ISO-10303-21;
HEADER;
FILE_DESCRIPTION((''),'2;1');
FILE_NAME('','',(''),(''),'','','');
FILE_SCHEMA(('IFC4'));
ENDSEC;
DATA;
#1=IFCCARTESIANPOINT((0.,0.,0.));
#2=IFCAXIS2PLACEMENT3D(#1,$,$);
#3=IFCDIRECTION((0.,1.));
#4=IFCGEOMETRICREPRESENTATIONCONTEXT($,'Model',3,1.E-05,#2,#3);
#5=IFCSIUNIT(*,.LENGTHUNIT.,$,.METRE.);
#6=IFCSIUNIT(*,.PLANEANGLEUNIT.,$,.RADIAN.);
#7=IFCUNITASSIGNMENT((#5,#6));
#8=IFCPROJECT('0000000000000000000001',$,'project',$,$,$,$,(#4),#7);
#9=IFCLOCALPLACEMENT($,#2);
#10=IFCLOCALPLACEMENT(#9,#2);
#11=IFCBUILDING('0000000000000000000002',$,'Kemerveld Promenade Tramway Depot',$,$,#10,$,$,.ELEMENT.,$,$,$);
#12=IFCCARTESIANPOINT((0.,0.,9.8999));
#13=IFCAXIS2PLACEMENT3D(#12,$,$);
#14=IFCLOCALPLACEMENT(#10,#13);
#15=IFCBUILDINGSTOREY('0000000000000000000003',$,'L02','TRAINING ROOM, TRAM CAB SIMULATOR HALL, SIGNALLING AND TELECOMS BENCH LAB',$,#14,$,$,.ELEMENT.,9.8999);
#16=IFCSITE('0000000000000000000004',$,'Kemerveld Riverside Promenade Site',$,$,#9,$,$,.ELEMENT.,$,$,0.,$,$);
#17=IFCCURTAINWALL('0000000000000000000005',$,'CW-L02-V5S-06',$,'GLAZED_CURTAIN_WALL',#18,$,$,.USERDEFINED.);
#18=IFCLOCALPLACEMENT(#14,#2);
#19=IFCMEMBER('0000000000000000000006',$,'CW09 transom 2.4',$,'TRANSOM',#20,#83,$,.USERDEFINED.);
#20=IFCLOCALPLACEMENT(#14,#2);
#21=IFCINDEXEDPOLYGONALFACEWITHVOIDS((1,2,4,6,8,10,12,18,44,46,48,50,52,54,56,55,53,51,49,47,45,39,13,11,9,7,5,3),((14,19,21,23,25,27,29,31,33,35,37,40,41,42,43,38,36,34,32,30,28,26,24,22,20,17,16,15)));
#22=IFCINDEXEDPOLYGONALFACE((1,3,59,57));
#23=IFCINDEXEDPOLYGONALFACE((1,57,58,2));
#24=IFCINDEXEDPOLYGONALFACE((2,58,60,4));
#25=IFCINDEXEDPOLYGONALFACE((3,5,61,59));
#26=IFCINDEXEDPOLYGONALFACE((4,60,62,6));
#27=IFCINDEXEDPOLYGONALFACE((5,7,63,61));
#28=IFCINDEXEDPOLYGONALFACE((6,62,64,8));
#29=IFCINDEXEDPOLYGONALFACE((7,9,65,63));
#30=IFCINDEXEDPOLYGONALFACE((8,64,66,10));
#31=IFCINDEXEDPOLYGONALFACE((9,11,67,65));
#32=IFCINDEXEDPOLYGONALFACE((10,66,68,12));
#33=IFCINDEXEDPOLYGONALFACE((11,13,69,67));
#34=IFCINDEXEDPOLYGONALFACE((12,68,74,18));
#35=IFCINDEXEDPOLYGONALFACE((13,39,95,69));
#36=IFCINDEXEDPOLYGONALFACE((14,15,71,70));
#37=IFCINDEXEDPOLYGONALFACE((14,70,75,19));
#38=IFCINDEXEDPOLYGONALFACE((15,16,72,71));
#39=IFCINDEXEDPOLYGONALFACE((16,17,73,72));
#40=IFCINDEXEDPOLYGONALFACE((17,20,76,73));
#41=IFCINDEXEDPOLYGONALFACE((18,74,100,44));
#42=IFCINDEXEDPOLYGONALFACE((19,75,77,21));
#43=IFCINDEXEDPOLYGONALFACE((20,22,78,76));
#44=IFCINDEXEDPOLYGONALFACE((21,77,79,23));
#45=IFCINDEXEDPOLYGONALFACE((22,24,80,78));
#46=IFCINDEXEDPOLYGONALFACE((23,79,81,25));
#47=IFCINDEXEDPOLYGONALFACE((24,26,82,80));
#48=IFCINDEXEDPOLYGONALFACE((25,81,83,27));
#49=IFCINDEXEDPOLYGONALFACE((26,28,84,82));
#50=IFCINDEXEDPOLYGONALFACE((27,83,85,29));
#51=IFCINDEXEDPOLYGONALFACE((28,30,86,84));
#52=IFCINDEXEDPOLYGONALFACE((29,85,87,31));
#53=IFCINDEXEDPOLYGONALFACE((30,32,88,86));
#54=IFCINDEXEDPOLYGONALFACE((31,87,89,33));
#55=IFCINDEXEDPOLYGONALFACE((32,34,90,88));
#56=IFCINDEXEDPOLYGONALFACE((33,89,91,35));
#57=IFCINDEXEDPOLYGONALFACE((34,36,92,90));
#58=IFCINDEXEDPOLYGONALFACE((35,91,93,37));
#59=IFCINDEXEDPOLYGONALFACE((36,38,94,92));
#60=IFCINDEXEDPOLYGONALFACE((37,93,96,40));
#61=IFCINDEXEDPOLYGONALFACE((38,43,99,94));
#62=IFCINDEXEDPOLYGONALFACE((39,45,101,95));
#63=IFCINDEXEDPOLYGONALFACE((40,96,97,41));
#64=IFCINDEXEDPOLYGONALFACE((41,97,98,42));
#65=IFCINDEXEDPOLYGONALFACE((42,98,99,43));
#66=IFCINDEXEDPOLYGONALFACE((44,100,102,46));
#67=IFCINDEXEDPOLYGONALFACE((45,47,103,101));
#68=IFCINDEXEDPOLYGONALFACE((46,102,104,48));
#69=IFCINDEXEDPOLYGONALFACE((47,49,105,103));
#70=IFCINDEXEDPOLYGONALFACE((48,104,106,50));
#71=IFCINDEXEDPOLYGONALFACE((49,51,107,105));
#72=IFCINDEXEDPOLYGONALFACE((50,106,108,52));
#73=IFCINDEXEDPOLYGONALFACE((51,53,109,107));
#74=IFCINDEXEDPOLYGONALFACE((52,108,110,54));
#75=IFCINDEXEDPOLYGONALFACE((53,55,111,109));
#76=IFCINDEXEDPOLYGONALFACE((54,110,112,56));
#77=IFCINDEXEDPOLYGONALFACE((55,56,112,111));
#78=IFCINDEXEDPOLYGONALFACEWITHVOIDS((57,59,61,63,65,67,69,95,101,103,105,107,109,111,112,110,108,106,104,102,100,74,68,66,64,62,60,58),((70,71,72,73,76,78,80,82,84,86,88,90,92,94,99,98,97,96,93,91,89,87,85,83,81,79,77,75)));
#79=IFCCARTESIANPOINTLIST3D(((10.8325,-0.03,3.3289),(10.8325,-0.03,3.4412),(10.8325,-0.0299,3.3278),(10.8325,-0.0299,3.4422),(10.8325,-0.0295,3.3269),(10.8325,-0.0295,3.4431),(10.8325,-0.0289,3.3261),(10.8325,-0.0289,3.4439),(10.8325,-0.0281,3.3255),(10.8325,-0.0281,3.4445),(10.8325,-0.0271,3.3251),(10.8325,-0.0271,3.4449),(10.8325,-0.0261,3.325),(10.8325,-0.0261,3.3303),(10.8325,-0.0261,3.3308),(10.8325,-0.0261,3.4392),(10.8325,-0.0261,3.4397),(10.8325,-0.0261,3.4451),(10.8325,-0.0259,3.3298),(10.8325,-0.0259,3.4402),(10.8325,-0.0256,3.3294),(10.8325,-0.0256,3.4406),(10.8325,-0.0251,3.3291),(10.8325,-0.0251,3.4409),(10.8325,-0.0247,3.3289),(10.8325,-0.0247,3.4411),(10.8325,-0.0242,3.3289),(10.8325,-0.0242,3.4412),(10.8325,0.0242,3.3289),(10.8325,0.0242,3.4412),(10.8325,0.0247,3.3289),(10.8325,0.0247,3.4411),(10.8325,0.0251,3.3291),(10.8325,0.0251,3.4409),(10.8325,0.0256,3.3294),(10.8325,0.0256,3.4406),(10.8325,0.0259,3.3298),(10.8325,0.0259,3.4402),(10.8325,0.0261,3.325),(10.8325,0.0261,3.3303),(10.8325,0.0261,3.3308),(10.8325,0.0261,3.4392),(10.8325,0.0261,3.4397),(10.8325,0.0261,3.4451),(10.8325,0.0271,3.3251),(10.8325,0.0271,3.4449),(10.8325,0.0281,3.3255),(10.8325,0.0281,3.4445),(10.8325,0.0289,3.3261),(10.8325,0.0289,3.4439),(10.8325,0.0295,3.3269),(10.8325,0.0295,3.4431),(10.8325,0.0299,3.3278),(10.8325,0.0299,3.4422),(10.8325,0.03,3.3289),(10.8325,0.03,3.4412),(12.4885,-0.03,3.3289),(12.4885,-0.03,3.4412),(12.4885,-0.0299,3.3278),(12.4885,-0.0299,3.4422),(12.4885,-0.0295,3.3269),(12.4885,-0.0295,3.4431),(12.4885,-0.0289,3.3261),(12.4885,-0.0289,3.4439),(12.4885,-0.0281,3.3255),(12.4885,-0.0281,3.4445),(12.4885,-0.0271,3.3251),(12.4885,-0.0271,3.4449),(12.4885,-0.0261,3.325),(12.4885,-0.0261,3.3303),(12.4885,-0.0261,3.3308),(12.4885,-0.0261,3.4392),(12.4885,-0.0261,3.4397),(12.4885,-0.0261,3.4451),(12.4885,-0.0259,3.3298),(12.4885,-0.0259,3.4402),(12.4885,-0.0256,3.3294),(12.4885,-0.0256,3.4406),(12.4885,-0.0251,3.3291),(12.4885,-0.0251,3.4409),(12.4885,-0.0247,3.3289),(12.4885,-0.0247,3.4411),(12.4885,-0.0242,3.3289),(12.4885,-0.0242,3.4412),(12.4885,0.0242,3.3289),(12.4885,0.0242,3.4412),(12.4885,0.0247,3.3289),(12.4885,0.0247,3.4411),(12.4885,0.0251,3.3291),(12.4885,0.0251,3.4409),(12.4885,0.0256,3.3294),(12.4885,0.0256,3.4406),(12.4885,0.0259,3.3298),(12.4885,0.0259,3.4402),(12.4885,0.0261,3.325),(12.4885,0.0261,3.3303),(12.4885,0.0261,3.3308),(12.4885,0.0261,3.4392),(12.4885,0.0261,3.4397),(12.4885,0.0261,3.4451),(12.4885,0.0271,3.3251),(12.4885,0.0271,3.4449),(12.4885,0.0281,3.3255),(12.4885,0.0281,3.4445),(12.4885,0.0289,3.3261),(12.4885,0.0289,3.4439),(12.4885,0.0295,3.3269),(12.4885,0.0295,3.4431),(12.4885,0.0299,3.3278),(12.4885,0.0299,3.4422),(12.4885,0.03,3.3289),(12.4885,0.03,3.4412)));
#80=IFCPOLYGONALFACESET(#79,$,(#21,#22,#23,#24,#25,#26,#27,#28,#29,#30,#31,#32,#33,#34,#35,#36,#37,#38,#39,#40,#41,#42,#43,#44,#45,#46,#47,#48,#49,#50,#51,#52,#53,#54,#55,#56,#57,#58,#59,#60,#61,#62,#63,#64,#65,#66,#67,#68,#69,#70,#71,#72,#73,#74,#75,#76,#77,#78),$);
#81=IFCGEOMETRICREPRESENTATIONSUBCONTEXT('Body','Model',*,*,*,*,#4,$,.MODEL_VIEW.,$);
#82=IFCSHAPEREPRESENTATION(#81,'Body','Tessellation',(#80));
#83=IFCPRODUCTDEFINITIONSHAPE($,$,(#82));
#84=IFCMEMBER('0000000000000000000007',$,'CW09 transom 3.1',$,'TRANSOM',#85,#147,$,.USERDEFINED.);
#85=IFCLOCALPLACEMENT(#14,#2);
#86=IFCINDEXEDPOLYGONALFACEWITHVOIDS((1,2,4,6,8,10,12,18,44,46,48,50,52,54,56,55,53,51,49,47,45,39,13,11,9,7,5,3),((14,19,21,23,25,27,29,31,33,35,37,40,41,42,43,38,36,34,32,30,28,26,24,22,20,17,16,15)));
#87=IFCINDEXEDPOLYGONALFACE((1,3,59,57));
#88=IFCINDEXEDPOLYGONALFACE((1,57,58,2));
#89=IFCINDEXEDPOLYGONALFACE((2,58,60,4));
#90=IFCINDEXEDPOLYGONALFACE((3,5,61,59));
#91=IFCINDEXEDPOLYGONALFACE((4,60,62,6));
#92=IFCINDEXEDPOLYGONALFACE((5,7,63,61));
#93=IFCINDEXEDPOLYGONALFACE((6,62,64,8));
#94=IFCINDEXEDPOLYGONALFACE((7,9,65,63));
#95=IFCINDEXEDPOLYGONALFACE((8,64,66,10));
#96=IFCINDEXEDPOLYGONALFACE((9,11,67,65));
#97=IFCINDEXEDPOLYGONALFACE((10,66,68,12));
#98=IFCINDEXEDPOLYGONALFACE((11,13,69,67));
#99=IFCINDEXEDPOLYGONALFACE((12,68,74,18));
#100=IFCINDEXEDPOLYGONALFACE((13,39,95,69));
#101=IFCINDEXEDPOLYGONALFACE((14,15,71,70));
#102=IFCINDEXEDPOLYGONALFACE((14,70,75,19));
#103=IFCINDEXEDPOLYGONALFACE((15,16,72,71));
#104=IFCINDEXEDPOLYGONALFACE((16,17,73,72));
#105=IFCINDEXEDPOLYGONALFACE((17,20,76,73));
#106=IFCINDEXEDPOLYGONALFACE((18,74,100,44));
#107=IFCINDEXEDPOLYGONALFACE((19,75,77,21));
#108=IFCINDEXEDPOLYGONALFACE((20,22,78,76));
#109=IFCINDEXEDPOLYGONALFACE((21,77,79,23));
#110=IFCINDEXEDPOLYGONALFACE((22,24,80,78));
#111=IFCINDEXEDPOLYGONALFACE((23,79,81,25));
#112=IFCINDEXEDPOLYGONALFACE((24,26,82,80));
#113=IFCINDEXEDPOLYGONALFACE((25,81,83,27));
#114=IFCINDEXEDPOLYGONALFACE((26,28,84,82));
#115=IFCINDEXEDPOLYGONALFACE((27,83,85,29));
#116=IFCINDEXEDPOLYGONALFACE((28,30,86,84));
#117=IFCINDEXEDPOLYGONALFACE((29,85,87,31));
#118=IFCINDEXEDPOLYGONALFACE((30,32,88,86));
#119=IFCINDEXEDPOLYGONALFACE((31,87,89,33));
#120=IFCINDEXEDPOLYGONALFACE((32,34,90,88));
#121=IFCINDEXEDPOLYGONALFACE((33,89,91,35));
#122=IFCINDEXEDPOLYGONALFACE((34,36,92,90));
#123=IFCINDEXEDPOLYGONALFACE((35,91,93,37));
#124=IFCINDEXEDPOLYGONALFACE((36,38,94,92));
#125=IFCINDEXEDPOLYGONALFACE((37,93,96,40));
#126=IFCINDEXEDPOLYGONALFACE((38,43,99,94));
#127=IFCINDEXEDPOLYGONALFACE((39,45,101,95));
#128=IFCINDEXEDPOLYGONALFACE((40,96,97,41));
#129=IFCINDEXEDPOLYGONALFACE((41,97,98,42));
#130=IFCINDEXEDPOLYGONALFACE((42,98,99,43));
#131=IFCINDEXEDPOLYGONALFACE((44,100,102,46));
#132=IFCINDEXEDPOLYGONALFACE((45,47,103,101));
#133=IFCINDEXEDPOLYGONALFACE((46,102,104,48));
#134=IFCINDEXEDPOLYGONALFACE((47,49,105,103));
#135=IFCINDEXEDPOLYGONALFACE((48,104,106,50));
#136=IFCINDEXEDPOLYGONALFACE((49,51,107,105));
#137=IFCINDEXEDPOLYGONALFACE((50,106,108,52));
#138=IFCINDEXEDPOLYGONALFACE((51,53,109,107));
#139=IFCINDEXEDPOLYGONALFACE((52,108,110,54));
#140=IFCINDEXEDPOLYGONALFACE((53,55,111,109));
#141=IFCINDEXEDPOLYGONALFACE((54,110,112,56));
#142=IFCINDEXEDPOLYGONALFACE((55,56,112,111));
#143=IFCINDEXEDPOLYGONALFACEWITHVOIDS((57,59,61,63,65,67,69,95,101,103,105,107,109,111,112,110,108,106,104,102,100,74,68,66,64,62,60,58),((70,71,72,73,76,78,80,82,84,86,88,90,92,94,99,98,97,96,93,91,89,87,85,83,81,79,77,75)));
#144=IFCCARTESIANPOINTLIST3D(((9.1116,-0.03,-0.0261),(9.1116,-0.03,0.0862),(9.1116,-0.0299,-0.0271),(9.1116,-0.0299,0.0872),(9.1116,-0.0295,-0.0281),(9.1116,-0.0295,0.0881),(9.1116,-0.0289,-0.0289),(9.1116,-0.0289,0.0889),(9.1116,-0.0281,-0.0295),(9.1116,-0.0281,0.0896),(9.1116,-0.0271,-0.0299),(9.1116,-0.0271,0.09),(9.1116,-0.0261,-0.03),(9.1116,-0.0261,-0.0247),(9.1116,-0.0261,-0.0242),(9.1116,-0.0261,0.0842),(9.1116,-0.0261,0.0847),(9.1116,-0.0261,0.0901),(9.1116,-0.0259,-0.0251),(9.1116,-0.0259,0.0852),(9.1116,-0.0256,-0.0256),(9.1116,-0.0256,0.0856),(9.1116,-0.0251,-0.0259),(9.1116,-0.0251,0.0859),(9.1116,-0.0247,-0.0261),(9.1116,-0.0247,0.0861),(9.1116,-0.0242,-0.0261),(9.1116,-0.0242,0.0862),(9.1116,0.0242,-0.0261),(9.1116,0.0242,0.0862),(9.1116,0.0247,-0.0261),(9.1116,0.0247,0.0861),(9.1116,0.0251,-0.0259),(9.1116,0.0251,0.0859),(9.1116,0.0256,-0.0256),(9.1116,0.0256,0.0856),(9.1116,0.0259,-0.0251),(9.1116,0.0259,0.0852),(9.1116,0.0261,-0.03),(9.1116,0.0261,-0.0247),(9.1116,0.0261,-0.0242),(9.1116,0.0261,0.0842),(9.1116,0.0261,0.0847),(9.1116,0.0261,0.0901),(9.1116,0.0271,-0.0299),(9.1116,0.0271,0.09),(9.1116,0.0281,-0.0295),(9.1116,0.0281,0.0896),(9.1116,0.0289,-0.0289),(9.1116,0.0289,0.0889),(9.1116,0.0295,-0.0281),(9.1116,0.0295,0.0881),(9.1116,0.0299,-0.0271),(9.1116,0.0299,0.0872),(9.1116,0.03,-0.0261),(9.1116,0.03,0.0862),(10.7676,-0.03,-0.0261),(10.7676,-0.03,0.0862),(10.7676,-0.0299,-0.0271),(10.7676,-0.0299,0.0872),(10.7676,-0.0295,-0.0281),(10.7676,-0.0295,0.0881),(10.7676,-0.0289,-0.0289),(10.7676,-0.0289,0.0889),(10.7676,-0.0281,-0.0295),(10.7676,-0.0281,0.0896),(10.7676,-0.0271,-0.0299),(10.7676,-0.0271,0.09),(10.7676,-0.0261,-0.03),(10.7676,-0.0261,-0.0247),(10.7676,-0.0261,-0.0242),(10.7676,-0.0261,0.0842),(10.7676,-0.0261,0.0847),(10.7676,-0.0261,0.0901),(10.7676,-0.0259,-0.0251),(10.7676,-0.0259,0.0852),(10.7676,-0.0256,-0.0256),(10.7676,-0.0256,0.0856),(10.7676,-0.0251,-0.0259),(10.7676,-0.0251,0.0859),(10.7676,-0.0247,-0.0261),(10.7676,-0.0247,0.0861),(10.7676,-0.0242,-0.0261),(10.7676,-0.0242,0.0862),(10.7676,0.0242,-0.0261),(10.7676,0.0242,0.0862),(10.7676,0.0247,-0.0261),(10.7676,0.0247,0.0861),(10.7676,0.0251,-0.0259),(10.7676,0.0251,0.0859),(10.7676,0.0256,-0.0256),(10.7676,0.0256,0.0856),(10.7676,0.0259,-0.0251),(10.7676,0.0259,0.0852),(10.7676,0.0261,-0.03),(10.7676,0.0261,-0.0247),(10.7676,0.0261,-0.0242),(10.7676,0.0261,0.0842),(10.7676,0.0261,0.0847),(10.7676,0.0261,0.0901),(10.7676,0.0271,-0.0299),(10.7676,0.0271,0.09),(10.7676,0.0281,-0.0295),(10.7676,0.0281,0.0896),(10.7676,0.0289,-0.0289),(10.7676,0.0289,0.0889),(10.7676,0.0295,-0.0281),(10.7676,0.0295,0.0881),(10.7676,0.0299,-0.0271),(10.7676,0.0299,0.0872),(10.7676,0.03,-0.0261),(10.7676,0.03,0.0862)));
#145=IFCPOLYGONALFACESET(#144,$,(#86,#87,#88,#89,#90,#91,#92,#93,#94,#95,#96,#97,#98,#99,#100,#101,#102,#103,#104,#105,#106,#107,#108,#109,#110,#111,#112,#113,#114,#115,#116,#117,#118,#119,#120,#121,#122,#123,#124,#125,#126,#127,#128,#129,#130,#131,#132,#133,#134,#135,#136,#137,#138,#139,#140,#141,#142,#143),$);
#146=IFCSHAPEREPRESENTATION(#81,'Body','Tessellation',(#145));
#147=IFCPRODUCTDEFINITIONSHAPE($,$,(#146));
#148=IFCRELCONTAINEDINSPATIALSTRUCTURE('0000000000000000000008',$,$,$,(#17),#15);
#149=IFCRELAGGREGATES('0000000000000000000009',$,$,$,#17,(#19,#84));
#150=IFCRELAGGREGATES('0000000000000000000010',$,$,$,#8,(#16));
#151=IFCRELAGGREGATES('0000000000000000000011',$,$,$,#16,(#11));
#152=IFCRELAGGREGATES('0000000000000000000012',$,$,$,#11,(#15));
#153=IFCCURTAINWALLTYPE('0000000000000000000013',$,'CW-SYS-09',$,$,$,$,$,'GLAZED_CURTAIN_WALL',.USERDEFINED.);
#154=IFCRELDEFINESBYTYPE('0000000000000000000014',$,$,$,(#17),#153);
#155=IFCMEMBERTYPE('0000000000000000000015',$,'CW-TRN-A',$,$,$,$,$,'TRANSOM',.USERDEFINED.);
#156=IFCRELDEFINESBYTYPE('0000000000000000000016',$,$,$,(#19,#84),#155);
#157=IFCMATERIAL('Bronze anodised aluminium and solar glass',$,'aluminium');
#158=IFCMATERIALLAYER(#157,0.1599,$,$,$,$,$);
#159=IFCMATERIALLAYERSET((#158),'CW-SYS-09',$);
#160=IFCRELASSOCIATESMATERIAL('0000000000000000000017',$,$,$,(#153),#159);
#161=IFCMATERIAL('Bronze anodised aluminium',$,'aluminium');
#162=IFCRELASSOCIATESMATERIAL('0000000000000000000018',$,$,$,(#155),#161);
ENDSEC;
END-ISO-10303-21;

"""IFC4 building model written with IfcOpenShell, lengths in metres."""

from ifc_helpers import new_model, si_unit, direction, frame, origin, origin_2d, place, context, subcontext, project, spatial, hollow_rectangle, extrude, material, layer, layer_set, material_profile, profile_set, type_object, element, aggregate, save


model = new_model("IFC4")

# Units and contexts
model_context = context("Model", 3, precision=1e-05, world=origin(), true_north=direction((0.0, 1.0)))
body_context = subcontext(model_context, "Body", "Model", "MODEL_VIEW")
ifc_project = project(units=[si_unit("LENGTHUNIT", "METRE"), si_unit("PLANEANGLEUNIT", "RADIAN")], contexts=[model_context])

# Site, building, storey
site_placement = place(None, origin())
site = spatial("IfcSite", under=ifc_project, at=site_placement, Name="Kemerveld Riverside Promenade Site", CompositionType="ELEMENT", RefElevation=0.0)
building_placement = place(site_placement, origin())
building = spatial("IfcBuilding", under=site, at=building_placement, Name="Kemerveld Promenade Tramway Depot", CompositionType="ELEMENT")
storey_placement = place(building_placement, frame((0.0, 0.0, 9.8999)))
storey = spatial("IfcBuildingStorey", under=building, at=storey_placement, Name="L02", Description="TRAINING ROOM, TRAM CAB SIMULATOR HALL, SIGNALLING AND TELECOMS BENCH LAB", CompositionType="ELEMENT", Elevation=9.8999)

# Curtain wall, members
ifc_material_1 = material(Name="Bronze anodised aluminium and solar glass", Category="aluminium")
ifc_layer_1 = layer(ifc_material_1, 0.1599)
ifc_layer_set_1 = layer_set([ifc_layer_1], Name="CW-SYS-09")
curtain_wall_type = type_object("IfcCurtainWallType", Name="CW-SYS-09", ElementType="GLAZED_CURTAIN_WALL", PredefinedType="USERDEFINED", material=ifc_layer_set_1)
curtain_wall_placement = place(storey_placement, origin())
curtain_wall = element("IfcCurtainWall", 1, at=curtain_wall_placement, inside=storey, type_object=curtain_wall_type, Name="CW-L02-V5S-06", ObjectType="GLAZED_CURTAIN_WALL", PredefinedType="USERDEFINED")
ifc_material_2 = material(Name="Bronze anodised aluminium", Category="aluminium")
ifc_material_profile_1 = material_profile(ifc_material_2, hollow_rectangle(XDim=0.0601, YDim=0.1201, WallThickness=0.0039, InnerFilletRadius=0.002, OuterFilletRadius=0.0039, at=origin_2d()), Name="CW-TRN-120x60")
ifc_profile_set_1 = profile_set([ifc_material_profile_1], Name="Bronze anodised aluminium")
member_type_1 = type_object("IfcMemberType", Name="CW-TRN-A", ElementType="TRANSOM", PredefinedType="USERDEFINED", material=ifc_profile_set_1)
member_1_placement = place(storey_placement, frame((12.4885, 0.0, 3.385), z_axis=(-1.0, 0.0, 0.0), x_axis=(0.0, -1.0, 0.0)))
member_1 = element("IfcMember", 2, at=member_1_placement, type_object=member_type_1, Name="CW09 transom 2.4", ObjectType="TRANSOM", PredefinedType="USERDEFINED", context=body_context, shape_type="SweptSolid", body=[
    extrude(hollow_rectangle(XDim=0.0601, YDim=0.1201, WallThickness=0.0039, InnerFilletRadius=0.002, OuterFilletRadius=0.0039, at=origin_2d()), origin(), (0.0, 0.0, 1.0), 1.656),
])
member_2_placement = place(storey_placement, frame((10.7676, 0.0, 0.03), z_axis=(-1.0, 0.0, 0.0), x_axis=(0.0, -1.0, 0.0)))
member_2 = element("IfcMember", 3, at=member_2_placement, type_object=member_type_1, Name="CW09 transom 3.1", ObjectType="TRANSOM", PredefinedType="USERDEFINED", context=body_context, shape_type="SweptSolid", body=[
    extrude(hollow_rectangle(XDim=0.0601, YDim=0.1201, WallThickness=0.0039, InnerFilletRadius=0.002, OuterFilletRadius=0.0039, at=origin_2d()), origin(), (0.0, 0.0, 1.0), 1.656),
])
aggregate(curtain_wall, [member_1, member_2])

save(model, "model.ifc")
